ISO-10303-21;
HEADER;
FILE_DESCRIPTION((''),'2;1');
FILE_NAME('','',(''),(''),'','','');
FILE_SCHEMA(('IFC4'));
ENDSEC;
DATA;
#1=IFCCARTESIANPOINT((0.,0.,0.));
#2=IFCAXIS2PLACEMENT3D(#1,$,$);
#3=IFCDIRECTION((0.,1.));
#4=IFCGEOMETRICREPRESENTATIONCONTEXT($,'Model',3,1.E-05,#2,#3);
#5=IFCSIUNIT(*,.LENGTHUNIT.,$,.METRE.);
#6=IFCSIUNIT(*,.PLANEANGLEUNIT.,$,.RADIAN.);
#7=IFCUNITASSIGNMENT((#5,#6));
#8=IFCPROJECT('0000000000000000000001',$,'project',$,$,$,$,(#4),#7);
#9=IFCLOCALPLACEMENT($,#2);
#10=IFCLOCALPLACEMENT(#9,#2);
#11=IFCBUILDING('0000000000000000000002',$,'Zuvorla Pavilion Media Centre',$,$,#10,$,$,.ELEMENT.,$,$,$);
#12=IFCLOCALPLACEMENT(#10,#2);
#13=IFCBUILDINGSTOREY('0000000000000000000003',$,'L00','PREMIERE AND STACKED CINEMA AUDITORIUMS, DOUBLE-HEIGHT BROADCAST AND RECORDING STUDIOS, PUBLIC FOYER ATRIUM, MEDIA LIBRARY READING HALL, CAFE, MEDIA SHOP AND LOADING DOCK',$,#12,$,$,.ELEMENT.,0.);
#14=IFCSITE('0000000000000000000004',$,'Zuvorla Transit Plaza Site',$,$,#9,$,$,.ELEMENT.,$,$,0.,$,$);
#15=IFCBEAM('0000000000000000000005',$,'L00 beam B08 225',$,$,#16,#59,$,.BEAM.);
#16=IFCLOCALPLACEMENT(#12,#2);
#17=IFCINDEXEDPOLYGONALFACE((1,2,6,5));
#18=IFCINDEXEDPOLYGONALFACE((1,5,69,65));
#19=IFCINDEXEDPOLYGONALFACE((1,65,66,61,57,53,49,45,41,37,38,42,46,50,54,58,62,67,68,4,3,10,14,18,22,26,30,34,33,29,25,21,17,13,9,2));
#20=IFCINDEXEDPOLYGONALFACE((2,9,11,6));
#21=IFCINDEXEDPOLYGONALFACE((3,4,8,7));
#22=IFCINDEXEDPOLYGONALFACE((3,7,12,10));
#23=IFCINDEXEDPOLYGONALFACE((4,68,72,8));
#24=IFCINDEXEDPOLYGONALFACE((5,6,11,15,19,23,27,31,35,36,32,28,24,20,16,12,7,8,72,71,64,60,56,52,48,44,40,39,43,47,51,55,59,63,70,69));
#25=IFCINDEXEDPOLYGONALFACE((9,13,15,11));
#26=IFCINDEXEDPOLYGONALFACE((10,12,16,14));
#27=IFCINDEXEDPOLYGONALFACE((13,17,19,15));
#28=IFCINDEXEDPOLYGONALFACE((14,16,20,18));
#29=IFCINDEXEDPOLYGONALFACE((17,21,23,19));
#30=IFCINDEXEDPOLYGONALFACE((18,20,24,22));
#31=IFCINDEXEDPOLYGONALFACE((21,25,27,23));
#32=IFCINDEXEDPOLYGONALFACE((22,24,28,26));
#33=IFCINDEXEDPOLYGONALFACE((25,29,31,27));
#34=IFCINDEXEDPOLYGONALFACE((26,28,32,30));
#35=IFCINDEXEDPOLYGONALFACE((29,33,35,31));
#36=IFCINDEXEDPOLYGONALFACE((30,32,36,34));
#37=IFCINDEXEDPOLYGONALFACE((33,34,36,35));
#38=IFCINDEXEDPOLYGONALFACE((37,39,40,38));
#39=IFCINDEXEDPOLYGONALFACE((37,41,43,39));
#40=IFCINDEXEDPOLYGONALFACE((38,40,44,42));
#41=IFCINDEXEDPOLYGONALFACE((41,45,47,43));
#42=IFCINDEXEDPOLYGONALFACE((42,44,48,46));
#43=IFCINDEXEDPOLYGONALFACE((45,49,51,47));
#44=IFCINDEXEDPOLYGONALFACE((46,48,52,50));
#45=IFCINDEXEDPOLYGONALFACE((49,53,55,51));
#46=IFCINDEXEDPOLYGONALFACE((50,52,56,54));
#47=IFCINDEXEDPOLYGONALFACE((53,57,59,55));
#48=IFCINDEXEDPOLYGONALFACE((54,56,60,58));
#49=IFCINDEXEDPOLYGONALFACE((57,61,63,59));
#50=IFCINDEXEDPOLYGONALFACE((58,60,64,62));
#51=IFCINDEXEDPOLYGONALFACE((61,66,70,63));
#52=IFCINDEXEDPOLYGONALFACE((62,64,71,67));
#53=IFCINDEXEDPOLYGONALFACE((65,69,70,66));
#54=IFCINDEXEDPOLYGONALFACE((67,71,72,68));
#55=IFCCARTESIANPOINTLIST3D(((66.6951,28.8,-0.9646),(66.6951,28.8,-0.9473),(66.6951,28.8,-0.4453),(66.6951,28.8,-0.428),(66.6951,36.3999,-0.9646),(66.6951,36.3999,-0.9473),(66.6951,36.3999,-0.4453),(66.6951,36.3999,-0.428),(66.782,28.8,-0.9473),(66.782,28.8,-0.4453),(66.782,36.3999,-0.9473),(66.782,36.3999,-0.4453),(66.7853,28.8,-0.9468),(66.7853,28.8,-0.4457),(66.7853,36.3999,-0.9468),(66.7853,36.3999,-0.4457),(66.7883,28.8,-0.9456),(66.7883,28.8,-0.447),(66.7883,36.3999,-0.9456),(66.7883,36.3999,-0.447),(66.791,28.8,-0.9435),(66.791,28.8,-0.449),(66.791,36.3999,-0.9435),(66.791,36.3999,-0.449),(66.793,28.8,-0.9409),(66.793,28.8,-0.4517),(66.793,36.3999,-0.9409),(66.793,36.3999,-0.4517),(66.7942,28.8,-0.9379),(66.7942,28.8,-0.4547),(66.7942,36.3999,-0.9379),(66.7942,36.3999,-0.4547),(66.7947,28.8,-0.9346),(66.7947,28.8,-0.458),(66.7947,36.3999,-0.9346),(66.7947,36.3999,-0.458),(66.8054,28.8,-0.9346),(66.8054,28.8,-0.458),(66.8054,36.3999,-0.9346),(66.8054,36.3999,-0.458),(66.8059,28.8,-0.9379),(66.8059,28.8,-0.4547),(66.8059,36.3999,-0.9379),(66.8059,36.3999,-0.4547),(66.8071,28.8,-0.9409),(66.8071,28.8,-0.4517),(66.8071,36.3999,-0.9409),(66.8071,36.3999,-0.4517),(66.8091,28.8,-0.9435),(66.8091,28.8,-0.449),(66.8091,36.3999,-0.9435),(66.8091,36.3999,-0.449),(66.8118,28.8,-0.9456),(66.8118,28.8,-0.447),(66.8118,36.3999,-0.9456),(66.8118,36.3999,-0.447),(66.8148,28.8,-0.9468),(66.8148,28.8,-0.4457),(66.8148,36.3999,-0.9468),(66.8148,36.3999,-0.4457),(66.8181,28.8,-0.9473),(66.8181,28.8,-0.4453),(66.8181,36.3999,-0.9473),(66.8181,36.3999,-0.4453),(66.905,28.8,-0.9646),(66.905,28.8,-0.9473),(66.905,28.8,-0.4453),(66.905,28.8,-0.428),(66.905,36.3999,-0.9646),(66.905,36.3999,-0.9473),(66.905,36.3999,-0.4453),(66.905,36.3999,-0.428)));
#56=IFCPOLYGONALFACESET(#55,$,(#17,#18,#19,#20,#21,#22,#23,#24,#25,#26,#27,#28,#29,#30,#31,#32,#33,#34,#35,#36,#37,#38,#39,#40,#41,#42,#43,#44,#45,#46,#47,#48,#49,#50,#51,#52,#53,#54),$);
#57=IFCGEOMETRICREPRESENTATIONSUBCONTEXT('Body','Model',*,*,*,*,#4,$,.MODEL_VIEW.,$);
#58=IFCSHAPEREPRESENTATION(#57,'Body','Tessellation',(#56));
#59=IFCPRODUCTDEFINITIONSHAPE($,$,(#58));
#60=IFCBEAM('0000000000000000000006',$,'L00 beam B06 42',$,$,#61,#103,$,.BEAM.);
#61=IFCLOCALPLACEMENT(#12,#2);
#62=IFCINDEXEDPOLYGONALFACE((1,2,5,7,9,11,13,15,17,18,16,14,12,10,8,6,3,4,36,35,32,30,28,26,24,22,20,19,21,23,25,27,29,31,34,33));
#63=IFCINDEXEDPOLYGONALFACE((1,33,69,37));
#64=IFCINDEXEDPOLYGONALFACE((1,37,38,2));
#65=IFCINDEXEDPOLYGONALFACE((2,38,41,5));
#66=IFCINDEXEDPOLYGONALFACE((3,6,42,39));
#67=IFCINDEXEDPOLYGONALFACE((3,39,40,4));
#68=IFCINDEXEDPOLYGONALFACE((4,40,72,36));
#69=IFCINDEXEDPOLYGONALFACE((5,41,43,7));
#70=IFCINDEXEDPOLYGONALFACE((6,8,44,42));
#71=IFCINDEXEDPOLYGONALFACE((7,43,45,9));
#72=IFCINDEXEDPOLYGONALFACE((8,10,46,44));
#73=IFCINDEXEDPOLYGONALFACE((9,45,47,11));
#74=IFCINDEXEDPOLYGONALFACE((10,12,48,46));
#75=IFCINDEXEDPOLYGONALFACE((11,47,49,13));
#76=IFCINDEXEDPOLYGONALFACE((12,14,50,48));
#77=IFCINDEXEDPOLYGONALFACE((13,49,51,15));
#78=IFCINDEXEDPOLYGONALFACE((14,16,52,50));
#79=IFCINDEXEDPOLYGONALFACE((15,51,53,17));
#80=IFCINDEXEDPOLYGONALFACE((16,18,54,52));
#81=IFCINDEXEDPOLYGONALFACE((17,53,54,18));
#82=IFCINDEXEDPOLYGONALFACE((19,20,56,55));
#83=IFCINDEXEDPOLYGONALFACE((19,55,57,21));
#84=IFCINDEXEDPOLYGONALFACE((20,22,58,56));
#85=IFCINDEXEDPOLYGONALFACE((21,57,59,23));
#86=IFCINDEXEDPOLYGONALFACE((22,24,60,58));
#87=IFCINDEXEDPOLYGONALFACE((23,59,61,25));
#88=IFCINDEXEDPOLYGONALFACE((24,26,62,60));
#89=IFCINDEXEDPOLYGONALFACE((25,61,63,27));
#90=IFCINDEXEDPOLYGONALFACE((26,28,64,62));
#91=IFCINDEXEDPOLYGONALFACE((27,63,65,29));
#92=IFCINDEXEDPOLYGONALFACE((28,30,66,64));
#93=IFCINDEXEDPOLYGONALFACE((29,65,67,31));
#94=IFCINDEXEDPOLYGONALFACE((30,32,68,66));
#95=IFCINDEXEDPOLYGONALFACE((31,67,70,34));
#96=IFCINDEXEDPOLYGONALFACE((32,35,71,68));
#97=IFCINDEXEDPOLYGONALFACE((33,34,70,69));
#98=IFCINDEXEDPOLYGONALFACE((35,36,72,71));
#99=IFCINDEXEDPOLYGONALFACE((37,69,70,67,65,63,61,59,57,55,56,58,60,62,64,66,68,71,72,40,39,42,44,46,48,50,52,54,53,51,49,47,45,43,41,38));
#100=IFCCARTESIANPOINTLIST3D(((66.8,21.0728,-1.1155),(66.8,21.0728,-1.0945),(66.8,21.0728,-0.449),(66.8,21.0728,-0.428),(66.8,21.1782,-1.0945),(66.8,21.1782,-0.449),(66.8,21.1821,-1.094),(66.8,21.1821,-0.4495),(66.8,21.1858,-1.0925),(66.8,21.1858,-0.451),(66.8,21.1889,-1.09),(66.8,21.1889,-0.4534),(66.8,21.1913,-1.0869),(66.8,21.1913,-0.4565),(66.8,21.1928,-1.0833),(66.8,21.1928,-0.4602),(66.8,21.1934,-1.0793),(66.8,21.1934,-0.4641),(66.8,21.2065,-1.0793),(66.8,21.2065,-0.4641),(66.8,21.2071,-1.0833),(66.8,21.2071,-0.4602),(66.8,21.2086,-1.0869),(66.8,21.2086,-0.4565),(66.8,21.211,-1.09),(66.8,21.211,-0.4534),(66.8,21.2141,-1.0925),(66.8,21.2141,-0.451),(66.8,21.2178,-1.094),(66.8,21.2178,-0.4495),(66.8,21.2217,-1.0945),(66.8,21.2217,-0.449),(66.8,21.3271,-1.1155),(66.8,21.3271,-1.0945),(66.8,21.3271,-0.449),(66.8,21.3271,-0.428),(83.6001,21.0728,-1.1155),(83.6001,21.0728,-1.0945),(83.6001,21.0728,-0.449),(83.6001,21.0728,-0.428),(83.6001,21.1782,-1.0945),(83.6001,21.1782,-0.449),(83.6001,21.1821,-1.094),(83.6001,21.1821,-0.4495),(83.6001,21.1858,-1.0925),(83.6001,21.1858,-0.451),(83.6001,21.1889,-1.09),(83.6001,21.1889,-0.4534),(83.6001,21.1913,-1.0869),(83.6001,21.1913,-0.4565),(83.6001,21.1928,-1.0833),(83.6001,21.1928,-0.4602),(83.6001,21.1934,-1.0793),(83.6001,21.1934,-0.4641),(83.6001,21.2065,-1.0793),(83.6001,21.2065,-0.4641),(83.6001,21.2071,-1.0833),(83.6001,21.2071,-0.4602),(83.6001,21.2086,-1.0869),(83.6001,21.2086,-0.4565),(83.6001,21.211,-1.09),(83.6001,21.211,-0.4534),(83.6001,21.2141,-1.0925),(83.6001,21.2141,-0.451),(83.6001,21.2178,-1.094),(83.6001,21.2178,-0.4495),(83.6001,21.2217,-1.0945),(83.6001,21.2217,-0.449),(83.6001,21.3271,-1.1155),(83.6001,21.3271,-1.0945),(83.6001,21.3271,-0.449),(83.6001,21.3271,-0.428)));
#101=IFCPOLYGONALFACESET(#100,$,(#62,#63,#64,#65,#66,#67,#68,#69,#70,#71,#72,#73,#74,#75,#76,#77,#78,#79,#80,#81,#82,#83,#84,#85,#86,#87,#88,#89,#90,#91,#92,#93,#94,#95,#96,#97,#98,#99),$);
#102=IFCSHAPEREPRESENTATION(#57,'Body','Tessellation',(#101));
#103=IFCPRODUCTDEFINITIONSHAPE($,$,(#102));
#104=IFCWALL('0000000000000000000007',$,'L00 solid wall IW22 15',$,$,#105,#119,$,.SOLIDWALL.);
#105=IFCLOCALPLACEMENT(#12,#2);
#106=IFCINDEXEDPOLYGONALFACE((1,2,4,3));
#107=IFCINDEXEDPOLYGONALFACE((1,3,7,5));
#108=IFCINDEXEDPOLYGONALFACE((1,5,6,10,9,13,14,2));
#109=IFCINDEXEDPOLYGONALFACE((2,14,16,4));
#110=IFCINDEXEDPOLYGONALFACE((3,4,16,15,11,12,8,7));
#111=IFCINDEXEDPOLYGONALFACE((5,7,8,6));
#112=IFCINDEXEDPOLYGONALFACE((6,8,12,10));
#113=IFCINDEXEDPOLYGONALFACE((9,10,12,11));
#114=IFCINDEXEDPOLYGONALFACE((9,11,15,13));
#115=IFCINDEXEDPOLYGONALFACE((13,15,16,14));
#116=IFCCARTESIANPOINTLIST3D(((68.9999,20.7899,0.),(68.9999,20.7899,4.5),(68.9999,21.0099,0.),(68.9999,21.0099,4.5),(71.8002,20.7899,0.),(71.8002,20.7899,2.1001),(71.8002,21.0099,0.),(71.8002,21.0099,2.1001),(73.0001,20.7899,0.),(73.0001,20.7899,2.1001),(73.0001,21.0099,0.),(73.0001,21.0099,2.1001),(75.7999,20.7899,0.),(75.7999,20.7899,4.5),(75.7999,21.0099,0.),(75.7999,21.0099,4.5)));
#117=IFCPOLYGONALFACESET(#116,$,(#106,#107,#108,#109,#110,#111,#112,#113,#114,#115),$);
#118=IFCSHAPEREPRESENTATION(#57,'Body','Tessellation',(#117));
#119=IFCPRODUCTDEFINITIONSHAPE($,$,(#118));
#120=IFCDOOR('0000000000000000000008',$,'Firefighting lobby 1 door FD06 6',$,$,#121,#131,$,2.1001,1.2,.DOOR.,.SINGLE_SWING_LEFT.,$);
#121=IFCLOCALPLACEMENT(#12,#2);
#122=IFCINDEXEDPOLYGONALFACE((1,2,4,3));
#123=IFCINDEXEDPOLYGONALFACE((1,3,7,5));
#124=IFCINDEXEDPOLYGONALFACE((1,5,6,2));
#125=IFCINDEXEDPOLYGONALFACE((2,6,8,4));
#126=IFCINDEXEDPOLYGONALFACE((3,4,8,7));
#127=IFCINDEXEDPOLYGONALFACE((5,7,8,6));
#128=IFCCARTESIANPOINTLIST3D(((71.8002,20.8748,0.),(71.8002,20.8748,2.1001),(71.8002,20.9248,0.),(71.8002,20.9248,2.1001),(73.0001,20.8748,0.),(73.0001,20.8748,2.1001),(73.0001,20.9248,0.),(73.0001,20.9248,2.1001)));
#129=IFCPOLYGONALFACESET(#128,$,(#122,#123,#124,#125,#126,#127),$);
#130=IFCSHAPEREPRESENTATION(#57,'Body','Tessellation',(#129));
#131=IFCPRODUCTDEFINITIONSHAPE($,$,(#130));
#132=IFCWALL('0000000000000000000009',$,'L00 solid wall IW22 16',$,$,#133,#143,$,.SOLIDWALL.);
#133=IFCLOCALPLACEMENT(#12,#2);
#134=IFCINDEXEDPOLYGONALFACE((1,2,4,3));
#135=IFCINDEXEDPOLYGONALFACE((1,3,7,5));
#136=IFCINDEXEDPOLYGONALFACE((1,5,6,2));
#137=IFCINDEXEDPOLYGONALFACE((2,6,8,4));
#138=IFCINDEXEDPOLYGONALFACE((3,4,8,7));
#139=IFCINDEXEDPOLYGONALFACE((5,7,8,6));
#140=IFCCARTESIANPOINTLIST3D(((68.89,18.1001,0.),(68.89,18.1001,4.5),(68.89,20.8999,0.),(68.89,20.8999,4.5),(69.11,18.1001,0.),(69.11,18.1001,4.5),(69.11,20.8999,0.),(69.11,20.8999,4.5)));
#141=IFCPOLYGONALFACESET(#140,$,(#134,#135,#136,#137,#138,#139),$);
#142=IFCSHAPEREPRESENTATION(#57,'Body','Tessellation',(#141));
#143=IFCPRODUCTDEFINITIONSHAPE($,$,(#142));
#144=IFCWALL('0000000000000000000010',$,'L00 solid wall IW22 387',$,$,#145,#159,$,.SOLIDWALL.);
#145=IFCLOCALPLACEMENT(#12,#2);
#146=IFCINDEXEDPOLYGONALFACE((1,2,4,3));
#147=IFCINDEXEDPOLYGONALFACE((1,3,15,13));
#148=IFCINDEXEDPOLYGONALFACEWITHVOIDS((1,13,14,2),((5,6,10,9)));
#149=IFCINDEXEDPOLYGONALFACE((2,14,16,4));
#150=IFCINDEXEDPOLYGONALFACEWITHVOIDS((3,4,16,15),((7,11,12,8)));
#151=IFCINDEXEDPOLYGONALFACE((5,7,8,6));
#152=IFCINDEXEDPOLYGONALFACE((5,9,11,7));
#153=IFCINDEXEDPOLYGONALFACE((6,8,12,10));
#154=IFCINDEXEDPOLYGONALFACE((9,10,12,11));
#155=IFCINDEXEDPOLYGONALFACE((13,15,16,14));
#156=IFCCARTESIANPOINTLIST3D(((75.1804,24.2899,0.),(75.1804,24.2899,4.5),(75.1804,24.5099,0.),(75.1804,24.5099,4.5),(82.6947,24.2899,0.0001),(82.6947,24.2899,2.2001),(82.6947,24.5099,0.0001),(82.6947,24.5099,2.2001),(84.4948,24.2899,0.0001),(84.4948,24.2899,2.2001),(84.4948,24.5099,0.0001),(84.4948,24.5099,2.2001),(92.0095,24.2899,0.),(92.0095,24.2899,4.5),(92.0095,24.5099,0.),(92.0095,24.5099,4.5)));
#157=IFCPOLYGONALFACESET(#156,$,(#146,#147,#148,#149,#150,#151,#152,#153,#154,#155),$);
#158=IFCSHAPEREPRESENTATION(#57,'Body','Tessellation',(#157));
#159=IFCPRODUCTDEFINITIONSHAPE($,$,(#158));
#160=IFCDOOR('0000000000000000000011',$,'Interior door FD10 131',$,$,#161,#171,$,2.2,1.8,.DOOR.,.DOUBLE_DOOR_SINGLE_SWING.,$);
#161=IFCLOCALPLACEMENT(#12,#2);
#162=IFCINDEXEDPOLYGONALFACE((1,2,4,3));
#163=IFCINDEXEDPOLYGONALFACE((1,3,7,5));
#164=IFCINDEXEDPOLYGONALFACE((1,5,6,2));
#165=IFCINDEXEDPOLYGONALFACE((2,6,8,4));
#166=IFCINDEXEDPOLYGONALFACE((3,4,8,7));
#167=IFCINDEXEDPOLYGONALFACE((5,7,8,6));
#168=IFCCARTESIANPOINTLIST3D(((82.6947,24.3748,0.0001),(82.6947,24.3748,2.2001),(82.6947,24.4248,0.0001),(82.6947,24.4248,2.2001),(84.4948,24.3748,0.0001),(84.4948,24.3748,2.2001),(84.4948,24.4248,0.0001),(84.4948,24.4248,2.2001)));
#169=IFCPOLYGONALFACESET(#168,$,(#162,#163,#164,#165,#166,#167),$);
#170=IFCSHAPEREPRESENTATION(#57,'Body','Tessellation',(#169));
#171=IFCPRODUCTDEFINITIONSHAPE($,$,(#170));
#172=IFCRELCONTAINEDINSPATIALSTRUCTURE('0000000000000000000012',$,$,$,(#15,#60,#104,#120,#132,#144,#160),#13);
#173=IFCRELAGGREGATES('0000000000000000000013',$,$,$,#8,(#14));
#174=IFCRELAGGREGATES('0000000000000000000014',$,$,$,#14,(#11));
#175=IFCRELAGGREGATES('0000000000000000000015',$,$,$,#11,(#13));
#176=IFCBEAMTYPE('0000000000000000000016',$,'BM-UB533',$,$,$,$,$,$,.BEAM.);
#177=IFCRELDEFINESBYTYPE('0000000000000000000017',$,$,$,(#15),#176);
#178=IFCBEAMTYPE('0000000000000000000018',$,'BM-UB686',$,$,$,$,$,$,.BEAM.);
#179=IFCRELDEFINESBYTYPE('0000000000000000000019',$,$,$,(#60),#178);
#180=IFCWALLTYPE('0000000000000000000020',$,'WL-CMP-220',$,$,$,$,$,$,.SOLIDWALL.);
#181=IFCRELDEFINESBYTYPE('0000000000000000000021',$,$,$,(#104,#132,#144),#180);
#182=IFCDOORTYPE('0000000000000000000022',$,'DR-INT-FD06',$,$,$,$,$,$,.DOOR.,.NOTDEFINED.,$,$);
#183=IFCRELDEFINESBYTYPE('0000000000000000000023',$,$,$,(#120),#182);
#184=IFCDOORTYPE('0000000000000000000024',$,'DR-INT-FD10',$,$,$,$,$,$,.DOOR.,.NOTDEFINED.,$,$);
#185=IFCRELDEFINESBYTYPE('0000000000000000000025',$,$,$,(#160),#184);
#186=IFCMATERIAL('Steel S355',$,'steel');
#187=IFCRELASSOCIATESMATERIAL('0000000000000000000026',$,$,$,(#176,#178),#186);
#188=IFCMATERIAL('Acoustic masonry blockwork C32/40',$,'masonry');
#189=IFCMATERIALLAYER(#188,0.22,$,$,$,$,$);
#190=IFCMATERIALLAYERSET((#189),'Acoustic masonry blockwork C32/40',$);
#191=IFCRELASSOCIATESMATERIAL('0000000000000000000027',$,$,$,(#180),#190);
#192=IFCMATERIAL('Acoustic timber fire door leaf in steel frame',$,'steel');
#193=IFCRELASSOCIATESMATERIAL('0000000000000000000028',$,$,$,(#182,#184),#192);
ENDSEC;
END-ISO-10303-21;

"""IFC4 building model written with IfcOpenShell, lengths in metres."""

from ifc_helpers import new_model, si_unit, direction, frame, frame_2d, origin, origin_2d, place, context, subcontext, project, spatial, rectangle, i_section, extrude, material, layer, layer_set, material_profile, profile_set, type_object, element, fill, save


model = new_model("IFC4")

# Units and contexts
model_context = context("Model", 3, precision=1e-05, world=origin(), true_north=direction((0.0, 1.0)))
body_context = subcontext(model_context, "Body", "Model", "MODEL_VIEW")
ifc_project = project(units=[si_unit("LENGTHUNIT", "METRE"), si_unit("PLANEANGLEUNIT", "RADIAN")], contexts=[model_context])

# Site, building, storey
site_placement = place(None, origin())
site = spatial("IfcSite", under=ifc_project, at=site_placement, Name="Zuvorla Transit Plaza Site", CompositionType="ELEMENT", RefElevation=0.0)
building_placement = place(site_placement, origin())
building = spatial("IfcBuilding", under=site, at=building_placement, Name="Zuvorla Pavilion Media Centre", CompositionType="ELEMENT")
storey_placement = place(building_placement, origin())
storey = spatial("IfcBuildingStorey", under=building, at=storey_placement, Name="L00", Description="PREMIERE AND STACKED CINEMA AUDITORIUMS, DOUBLE-HEIGHT BROADCAST AND RECORDING STUDIOS, PUBLIC FOYER ATRIUM, MEDIA LIBRARY READING HALL, CAFE, MEDIA SHOP AND LOADING DOCK", CompositionType="ELEMENT", Elevation=0.0)

# Beams
ifc_material_1 = material(Name="Steel S355", Category="steel")
ifc_material_profile_1 = material_profile(ifc_material_1, i_section(OverallWidth=0.21, OverallDepth=0.5366, WebThickness=0.0107, FlangeThickness=0.0173, FilletRadius=0.0127, at=origin_2d()), Name="UB 533x210x101")
ifc_profile_set_1 = profile_set([ifc_material_profile_1], Name="Steel S355")
beam_type_1 = type_object("IfcBeamType", Name="BM-UB533", PredefinedType="BEAM", material=ifc_profile_set_1)
beam_1_placement = place(storey_placement, frame((66.8, 28.8, -0.6963), z_axis=(0.0, 1.0, 0.0), x_axis=(-1.0, 0.0, 0.0)))
element("IfcBeam", 1, at=beam_1_placement, inside=storey, type_object=beam_type_1, Name="L00 beam B08 225", PredefinedType="BEAM", context=body_context, shape_type="SweptSolid", body=[
    extrude(i_section(OverallWidth=0.21, OverallDepth=0.5366, WebThickness=0.0107, FlangeThickness=0.0173, FilletRadius=0.0127, at=origin_2d()), origin(), (0.0, 0.0, 1.0), 7.5999),
])
ifc_material_profile_2 = material_profile(ifc_material_1, i_section(OverallWidth=0.2544, OverallDepth=0.6875, WebThickness=0.0132, FlangeThickness=0.021, FilletRadius=0.0151, at=origin_2d()), Name="UB 686x254x152")
ifc_profile_set_2 = profile_set([ifc_material_profile_2], Name="Steel S355")
beam_type_2 = type_object("IfcBeamType", Name="BM-UB686", PredefinedType="BEAM", material=ifc_profile_set_2)
beam_2_placement = place(storey_placement, frame((66.8, 21.2, -0.7717), z_axis=(1.0, 0.0, 0.0), x_axis=(0.0, 1.0, 0.0)))
element("IfcBeam", 2, at=beam_2_placement, inside=storey, type_object=beam_type_2, Name="L00 beam B06 42", PredefinedType="BEAM", context=body_context, shape_type="SweptSolid", body=[
    extrude(i_section(OverallWidth=0.2544, OverallDepth=0.6875, WebThickness=0.0132, FlangeThickness=0.021, FilletRadius=0.0151, at=origin_2d()), origin(), (0.0, 0.0, 1.0), 16.8),
])

# Wall, opening, door
ifc_material_2 = material(Name="Acoustic masonry blockwork C32/40", Category="masonry")
ifc_layer_1 = layer(ifc_material_2, 0.22)
ifc_layer_set_1 = layer_set([ifc_layer_1], Name="Acoustic masonry blockwork C32/40")
wall_type_1 = type_object("IfcWallType", Name="WL-CMP-220", PredefinedType="SOLIDWALL", material=ifc_layer_set_1)
wall_1_placement = place(storey_placement, frame((69.0, 20.8999, 0.0), z_axis=(0.0, 0.0, 1.0), x_axis=(1.0, 0.0, 0.0)))
wall_1 = element("IfcWall", 3, at=wall_1_placement, inside=storey, type_object=wall_type_1, Name="L00 solid wall IW22 15", PredefinedType="SOLIDWALL", context=body_context, shape_type="SweptSolid", body=[
    extrude(rectangle(XDim=6.8, YDim=0.22, at=frame_2d((3.3999, 0.0))), origin(), (0.0, 0.0, 1.0), 4.5),
])
opening_1_placement = place(wall_1_placement, frame((2.8, 0.0, 0.0)))
opening_1 = element("IfcOpeningElement", 4, at=opening_1_placement, cuts=wall_1, PredefinedType="OPENING", context=body_context, shape_type="SweptSolid", body=[
    extrude(rectangle(XDim=1.2, YDim=2.1001, at=frame_2d((0.6001, 1.05))), frame((0.0, 0.1199, 0.0), z_axis=(0.0, -1.0, 0.0), x_axis=(1.0, 0.0, 0.0)), (0.0, 0.0, 1.0), 0.24),
])
ifc_material_3 = material(Name="Acoustic timber fire door leaf in steel frame", Category="steel")
door_type_1 = type_object("IfcDoorType", Name="DR-INT-FD06", OperationType="NOTDEFINED", PredefinedType="DOOR", material=ifc_material_3)
door_1_placement = place(opening_1_placement, origin())
door_1 = element("IfcDoor", 5, at=door_1_placement, inside=storey, type_object=door_type_1, Name="Firefighting lobby 1 door FD06 6", OperationType="SINGLE_SWING_LEFT", OverallHeight=2.1001, OverallWidth=1.2, PredefinedType="DOOR", context=body_context, shape_type="SweptSolid", body=[
    extrude(rectangle(XDim=1.2, YDim=2.1001, at=frame_2d((0.6001, 1.05))), frame((0.0, 0.0249, 0.0), z_axis=(0.0, -1.0, 0.0), x_axis=(1.0, 0.0, 0.0)), (0.0, 0.0, 1.0), 0.05),
])
fill(opening_1, door_1)

# Wall
wall_2_placement = place(storey_placement, frame((69.0, 18.1001, 0.0), z_axis=(0.0, 0.0, 1.0), x_axis=(0.0, 1.0, 0.0)))
element("IfcWall", 6, at=wall_2_placement, inside=storey, type_object=wall_type_1, Name="L00 solid wall IW22 16", PredefinedType="SOLIDWALL", context=body_context, shape_type="SweptSolid", body=[
    extrude(rectangle(XDim=2.7998, YDim=0.22, at=frame_2d((1.3999, 0.0))), origin(), (0.0, 0.0, 1.0), 4.5),
])

# Wall, opening, door
wall_3_placement = place(storey_placement, frame((75.1804, 24.3999, 0.0), z_axis=(0.0, 0.0, 1.0), x_axis=(1.0, 0.0, 0.0)))
wall_3 = element("IfcWall", 7, at=wall_3_placement, inside=storey, type_object=wall_type_1, Name="L00 solid wall IW22 387", PredefinedType="SOLIDWALL", context=body_context, shape_type="SweptSolid", body=[
    extrude(rectangle(XDim=16.8291, YDim=0.22, at=frame_2d((8.4146, 0.0))), origin(), (0.0, 0.0, 1.0), 4.5),
])
opening_2_placement = place(wall_3_placement, frame((7.5144, 0.0, 0.0)))
opening_2 = element("IfcOpeningElement", 8, at=opening_2_placement, cuts=wall_3, PredefinedType="OPENING", context=body_context, shape_type="SweptSolid", body=[
    extrude(rectangle(XDim=1.8, YDim=2.2, at=frame_2d((0.8999, 1.1001))), frame((0.0, 0.1199, 0.0), z_axis=(0.0, -1.0, 0.0), x_axis=(1.0, 0.0, 0.0)), (0.0, 0.0, 1.0), 0.24),
])
door_type_2 = type_object("IfcDoorType", Name="DR-INT-FD10", OperationType="NOTDEFINED", PredefinedType="DOOR", material=ifc_material_3)
door_2_placement = place(opening_2_placement, origin())
door_2 = element("IfcDoor", 9, at=door_2_placement, inside=storey, type_object=door_type_2, Name="Interior door FD10 131", OperationType="DOUBLE_DOOR_SINGLE_SWING", OverallHeight=2.2, OverallWidth=1.8, PredefinedType="DOOR", context=body_context, shape_type="SweptSolid", body=[
    extrude(rectangle(XDim=1.8, YDim=2.2, at=frame_2d((0.8999, 1.1001))), frame((0.0, 0.0249, 0.0), z_axis=(0.0, -1.0, 0.0), x_axis=(1.0, 0.0, 0.0)), (0.0, 0.0, 1.0), 0.05),
])
fill(opening_2, door_2)

save(model, "model.ifc")
